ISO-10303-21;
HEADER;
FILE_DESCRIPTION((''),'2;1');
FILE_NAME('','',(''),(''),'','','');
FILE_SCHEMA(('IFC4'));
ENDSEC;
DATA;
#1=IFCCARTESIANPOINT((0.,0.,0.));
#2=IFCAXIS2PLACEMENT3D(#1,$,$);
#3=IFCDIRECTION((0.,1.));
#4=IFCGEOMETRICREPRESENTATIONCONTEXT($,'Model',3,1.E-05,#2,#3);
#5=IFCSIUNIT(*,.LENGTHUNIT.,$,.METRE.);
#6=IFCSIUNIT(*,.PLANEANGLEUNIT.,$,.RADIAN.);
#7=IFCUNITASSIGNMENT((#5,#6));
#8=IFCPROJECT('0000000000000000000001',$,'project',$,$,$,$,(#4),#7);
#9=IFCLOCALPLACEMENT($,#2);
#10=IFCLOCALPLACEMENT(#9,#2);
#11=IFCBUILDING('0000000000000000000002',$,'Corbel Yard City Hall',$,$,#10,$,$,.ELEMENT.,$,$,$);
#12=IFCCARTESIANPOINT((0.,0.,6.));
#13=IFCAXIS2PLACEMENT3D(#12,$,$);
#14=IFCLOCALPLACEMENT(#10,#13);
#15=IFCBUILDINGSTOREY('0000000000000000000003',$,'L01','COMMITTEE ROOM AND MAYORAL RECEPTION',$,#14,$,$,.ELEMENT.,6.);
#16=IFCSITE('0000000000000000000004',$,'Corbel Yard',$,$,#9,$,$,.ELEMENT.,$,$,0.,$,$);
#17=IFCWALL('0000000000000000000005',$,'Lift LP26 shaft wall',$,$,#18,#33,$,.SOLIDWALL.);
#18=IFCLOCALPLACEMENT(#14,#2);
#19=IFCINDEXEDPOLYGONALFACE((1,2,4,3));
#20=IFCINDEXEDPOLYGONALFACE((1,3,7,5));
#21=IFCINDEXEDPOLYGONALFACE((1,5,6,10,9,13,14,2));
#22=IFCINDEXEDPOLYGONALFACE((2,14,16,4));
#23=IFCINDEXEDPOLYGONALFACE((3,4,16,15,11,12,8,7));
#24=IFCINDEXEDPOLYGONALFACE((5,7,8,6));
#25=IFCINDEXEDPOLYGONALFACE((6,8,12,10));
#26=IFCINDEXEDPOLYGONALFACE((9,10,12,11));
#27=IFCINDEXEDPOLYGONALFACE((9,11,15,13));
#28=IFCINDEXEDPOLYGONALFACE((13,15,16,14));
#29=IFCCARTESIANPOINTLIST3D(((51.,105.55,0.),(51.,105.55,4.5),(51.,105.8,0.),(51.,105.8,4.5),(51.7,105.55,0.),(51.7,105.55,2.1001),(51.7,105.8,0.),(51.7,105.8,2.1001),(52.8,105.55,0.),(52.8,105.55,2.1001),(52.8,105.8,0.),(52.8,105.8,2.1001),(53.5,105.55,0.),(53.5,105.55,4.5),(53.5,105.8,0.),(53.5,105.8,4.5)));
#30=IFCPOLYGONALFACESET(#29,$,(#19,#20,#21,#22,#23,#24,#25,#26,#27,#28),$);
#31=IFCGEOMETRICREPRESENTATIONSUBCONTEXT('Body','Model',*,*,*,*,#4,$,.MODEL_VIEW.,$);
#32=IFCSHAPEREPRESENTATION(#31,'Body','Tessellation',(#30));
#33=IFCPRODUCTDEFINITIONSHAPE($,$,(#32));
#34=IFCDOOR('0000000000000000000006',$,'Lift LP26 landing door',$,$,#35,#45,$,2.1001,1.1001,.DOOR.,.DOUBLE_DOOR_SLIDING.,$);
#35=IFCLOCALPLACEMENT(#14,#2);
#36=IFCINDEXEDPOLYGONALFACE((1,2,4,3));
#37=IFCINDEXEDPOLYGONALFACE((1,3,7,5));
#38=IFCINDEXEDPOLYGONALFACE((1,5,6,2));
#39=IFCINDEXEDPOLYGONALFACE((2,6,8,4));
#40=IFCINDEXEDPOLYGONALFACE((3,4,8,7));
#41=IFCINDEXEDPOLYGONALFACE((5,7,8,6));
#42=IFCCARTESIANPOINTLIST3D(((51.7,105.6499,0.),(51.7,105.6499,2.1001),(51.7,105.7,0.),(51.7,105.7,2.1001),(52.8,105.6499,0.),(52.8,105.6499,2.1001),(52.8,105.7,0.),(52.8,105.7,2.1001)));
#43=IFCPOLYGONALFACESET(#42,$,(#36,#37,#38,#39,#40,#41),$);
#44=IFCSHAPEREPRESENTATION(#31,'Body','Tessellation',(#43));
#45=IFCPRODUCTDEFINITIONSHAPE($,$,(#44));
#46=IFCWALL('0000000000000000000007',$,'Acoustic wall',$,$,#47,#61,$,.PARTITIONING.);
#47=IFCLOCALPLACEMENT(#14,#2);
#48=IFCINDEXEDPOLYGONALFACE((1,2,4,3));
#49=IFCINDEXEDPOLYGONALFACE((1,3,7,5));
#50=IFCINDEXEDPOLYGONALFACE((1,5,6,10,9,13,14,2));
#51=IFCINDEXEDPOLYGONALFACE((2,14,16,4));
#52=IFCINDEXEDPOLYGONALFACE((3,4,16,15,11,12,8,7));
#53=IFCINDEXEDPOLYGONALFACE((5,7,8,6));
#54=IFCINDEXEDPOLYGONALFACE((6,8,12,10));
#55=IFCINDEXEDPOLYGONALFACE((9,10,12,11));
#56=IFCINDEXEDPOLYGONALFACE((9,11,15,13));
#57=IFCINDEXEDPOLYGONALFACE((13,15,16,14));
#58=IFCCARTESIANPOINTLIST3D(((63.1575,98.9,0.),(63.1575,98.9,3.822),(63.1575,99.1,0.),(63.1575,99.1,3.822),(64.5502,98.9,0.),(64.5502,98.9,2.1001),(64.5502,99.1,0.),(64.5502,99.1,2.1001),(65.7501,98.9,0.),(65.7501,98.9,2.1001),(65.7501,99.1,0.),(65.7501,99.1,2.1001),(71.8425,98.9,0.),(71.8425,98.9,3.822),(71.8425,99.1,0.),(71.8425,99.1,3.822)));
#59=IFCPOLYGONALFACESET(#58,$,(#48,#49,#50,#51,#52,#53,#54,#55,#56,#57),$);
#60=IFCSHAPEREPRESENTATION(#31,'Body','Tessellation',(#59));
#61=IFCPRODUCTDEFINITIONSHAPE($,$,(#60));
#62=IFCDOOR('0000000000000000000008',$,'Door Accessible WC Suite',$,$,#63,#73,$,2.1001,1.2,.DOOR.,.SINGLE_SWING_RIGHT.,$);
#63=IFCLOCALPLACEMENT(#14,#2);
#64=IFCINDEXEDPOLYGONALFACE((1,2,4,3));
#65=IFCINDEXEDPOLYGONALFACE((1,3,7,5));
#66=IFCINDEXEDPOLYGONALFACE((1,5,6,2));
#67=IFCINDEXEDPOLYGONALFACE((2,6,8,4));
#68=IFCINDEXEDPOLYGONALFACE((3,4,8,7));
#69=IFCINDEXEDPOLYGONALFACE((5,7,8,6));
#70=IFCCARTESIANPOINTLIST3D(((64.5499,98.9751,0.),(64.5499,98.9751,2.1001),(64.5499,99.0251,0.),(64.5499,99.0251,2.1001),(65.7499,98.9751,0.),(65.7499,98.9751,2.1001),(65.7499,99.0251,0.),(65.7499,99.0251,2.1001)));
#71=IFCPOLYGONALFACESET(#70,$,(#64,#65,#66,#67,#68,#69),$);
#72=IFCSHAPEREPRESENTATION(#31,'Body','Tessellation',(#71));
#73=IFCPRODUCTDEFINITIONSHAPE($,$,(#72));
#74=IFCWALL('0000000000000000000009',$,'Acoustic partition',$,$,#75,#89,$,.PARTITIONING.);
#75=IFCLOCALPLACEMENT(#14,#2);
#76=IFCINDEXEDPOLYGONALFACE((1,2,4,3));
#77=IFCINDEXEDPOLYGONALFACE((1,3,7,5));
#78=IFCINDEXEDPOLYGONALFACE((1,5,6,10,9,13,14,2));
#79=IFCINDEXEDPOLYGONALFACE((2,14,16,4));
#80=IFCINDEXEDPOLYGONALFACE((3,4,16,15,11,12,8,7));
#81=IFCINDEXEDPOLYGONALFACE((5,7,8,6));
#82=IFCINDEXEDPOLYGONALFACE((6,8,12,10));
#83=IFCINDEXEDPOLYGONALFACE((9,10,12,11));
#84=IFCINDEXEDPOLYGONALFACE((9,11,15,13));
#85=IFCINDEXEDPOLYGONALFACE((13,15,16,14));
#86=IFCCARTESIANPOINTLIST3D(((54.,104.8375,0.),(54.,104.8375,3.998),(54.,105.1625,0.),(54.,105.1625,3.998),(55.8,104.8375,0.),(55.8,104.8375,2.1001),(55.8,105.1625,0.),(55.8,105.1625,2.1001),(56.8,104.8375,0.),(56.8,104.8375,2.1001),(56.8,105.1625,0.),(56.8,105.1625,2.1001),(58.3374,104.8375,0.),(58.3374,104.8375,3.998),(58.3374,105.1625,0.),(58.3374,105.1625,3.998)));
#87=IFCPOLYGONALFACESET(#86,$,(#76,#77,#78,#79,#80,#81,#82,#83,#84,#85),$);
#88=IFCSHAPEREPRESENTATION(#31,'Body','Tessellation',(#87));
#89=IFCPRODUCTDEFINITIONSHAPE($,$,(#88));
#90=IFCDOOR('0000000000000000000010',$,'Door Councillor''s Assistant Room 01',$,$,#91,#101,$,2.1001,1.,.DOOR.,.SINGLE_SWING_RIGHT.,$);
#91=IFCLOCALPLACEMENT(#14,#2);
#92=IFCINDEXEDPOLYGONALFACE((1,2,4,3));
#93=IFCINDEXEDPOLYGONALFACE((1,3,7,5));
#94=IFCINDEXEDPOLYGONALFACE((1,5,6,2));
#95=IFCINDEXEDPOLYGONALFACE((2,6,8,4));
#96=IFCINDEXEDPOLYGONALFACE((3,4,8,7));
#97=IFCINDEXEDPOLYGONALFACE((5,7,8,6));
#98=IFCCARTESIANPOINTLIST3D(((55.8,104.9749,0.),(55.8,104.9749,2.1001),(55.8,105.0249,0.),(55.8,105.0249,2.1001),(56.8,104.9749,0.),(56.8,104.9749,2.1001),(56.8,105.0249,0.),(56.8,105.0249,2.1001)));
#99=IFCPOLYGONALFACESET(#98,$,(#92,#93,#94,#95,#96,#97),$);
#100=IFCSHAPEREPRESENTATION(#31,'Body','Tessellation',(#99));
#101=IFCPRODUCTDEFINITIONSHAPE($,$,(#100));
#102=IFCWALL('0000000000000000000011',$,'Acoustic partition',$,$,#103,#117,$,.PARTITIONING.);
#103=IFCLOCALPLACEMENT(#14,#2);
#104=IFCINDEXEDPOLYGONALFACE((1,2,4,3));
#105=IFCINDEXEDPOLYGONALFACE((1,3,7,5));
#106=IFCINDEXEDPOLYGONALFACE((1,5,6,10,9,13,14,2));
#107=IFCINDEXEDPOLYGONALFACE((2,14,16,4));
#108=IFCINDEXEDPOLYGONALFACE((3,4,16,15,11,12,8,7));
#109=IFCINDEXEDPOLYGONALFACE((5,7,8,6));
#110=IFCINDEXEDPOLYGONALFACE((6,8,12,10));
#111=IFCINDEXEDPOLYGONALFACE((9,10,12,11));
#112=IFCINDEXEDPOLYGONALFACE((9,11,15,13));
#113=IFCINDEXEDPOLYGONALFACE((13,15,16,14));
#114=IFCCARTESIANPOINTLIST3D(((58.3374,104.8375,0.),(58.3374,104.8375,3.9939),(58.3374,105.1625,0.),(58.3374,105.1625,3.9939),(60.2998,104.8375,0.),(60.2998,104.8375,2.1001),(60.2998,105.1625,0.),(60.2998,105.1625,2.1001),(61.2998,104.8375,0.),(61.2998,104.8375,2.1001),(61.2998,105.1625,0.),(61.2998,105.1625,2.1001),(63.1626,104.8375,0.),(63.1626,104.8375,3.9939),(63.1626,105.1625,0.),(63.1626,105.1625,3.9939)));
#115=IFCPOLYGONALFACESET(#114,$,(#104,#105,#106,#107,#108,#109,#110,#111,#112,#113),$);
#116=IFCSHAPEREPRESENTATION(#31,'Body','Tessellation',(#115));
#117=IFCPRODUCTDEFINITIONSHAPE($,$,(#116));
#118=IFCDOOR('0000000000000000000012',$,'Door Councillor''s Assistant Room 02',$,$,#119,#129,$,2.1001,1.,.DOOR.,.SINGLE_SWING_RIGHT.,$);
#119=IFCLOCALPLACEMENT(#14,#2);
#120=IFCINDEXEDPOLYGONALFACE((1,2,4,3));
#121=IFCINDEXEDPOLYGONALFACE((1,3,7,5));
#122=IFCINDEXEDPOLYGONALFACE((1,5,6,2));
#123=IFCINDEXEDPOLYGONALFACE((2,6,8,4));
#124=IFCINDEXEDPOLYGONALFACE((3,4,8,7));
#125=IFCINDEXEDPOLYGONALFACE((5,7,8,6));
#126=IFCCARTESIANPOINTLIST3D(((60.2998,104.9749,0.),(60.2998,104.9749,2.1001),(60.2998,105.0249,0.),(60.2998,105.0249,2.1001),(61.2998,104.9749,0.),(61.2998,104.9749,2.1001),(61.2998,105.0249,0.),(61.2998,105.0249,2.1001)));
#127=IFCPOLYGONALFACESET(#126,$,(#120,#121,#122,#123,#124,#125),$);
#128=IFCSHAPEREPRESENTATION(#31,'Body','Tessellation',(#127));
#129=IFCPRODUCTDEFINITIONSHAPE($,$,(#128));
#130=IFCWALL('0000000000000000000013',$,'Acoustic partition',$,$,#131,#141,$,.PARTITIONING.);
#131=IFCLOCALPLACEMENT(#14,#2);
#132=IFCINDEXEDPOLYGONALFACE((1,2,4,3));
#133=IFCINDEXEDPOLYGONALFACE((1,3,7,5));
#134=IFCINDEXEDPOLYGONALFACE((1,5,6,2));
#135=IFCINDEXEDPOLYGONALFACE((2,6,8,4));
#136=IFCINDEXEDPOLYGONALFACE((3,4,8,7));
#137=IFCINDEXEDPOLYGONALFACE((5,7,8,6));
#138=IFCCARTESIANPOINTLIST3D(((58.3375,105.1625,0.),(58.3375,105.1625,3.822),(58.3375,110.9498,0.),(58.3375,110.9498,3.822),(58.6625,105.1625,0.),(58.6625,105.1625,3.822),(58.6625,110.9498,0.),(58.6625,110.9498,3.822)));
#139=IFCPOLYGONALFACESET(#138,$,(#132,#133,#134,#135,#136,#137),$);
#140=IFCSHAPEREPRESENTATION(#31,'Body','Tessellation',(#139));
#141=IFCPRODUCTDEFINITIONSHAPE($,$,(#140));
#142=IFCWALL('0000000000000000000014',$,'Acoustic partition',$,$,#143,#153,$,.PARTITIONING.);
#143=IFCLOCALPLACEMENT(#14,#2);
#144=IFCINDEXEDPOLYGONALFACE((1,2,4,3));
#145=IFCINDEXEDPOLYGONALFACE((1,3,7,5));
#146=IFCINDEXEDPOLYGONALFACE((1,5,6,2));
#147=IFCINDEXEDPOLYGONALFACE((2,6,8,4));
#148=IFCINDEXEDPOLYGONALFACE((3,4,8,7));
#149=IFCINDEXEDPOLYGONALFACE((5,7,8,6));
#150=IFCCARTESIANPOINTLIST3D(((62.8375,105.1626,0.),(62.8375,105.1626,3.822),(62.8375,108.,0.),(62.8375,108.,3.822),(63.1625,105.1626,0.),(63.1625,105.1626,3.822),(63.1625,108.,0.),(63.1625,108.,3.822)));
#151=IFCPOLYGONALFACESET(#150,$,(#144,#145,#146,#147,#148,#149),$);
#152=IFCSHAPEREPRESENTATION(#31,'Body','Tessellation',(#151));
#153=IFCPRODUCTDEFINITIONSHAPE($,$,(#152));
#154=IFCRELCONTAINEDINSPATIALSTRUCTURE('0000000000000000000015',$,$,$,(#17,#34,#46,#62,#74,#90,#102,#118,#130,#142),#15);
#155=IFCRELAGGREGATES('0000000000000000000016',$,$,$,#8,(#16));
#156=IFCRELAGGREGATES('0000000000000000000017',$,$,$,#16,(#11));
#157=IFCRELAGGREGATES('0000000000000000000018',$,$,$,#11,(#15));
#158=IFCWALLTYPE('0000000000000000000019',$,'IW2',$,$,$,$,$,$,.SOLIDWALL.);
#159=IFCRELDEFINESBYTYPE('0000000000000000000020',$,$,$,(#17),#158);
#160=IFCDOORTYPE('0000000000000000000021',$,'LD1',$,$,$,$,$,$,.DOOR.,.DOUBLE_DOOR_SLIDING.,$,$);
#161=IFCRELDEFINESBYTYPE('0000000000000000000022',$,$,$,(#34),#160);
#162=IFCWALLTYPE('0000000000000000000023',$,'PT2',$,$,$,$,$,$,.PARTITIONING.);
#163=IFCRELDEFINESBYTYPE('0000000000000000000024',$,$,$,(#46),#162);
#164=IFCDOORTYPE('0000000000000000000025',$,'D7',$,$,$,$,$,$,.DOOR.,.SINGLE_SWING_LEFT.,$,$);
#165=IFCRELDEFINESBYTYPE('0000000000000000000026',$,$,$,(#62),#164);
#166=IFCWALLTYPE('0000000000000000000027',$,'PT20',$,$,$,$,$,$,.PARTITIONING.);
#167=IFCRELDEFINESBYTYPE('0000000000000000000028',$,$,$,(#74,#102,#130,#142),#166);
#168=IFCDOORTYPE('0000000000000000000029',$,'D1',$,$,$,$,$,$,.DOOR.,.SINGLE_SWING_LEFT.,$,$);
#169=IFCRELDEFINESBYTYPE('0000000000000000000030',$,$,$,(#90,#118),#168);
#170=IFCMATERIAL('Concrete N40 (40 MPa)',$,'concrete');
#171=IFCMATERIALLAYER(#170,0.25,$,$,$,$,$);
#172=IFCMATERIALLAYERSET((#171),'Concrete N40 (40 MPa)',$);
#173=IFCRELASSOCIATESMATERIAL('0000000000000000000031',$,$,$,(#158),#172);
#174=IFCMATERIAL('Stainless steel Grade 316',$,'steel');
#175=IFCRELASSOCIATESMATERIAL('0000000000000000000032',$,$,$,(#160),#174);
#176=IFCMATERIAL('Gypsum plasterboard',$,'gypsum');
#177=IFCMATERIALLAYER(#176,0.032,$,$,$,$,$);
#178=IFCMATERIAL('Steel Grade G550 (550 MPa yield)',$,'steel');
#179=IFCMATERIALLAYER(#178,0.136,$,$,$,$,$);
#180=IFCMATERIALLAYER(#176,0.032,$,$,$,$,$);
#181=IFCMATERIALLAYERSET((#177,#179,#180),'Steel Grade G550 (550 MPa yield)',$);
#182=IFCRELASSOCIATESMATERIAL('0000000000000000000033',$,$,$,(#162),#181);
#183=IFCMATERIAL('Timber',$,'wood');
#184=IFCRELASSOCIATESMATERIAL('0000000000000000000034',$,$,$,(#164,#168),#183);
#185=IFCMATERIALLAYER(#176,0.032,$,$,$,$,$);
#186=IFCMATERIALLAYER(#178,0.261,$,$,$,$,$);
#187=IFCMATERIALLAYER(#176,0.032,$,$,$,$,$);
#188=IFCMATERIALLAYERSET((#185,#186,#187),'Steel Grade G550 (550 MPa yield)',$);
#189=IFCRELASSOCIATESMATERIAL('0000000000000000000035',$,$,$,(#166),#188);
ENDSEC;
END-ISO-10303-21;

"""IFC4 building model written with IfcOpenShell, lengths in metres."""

from ifc_helpers import new_model, si_unit, direction, frame, frame_2d, origin, place, context, subcontext, project, spatial, rectangle, extrude, material, layer, layer_set, type_object, element, fill, save


model = new_model("IFC4")

# Units and contexts
model_context = context("Model", 3, precision=1e-05, world=origin(), true_north=direction((0.0, 1.0)))
body_context = subcontext(model_context, "Body", "Model", "MODEL_VIEW")
ifc_project = project(units=[si_unit("LENGTHUNIT", "METRE"), si_unit("PLANEANGLEUNIT", "RADIAN")], contexts=[model_context])

# Site, building, storey
site_placement = place(None, origin())
site = spatial("IfcSite", under=ifc_project, at=site_placement, Name="Corbel Yard", CompositionType="ELEMENT", RefElevation=0.0)
building_placement = place(site_placement, origin())
building = spatial("IfcBuilding", under=site, at=building_placement, Name="Corbel Yard City Hall", CompositionType="ELEMENT")
storey_placement = place(building_placement, frame((0.0, 0.0, 6.0)))
storey = spatial("IfcBuildingStorey", under=building, at=storey_placement, Name="L01", Description="COMMITTEE ROOM AND MAYORAL RECEPTION", CompositionType="ELEMENT", Elevation=6.0)

# Shared definitions
ifc_material_1 = material(Name="Concrete N40 (40 MPa)", Category="concrete")
ifc_layer_1 = layer(ifc_material_1, 0.25)
ifc_layer_set_1 = layer_set([ifc_layer_1], Name="Concrete N40 (40 MPa)")
wall_type_1 = type_object("IfcWallType", Name="IW2", PredefinedType="SOLIDWALL", material=ifc_layer_set_1)

# Walls, openings, doors
wall_1_placement = place(storey_placement, frame((51.0, 105.675, 0.0), z_axis=(0.0, 0.0, 1.0), x_axis=(1.0, 0.0, 0.0)))
wall_1 = element("IfcWall", 1, at=wall_1_placement, inside=storey, type_object=wall_type_1, Name="Lift LP26 shaft wall", PredefinedType="SOLIDWALL", context=body_context, shape_type="SweptSolid", body=[
    extrude(rectangle(XDim=2.5, YDim=0.25, at=frame_2d((1.25, 0.0))), origin(), (0.0, 0.0, 1.0), 4.5),
])
opening_1_placement = place(wall_1_placement, frame((0.7, 0.0, 0.0)))
opening_1 = element("IfcOpeningElement", 2, at=opening_1_placement, cuts=wall_1, PredefinedType="OPENING", context=body_context, shape_type="SweptSolid", body=[
    extrude(rectangle(XDim=1.1001, YDim=2.1001, at=frame_2d((0.55, 1.05))), frame((0.0, 0.135, 0.0), z_axis=(0.0, -1.0, 0.0), x_axis=(1.0, 0.0, 0.0)), (0.0, 0.0, 1.0), 0.27),
])
ifc_material_2 = material(Name="Stainless steel Grade 316", Category="steel")
door_type_1 = type_object("IfcDoorType", Name="LD1", OperationType="DOUBLE_DOOR_SLIDING", PredefinedType="DOOR", material=ifc_material_2)
door_1_placement = place(opening_1_placement, origin())
door_1 = element("IfcDoor", 3, at=door_1_placement, inside=storey, type_object=door_type_1, Name="Lift LP26 landing door", OperationType="DOUBLE_DOOR_SLIDING", OverallHeight=2.1001, OverallWidth=1.1001, PredefinedType="DOOR", context=body_context, shape_type="SweptSolid", body=[
    extrude(rectangle(XDim=1.1001, YDim=2.1001, at=frame_2d((0.55, 1.05))), frame((0.0, 0.0249, 0.0), z_axis=(0.0, -1.0, 0.0), x_axis=(1.0, 0.0, 0.0)), (0.0, 0.0, 1.0), 0.05),
])
fill(opening_1, door_1)
ifc_material_3 = material(Name="Gypsum plasterboard", Category="gypsum")
ifc_layer_2 = layer(ifc_material_3, 0.032)
ifc_material_4 = material(Name="Steel Grade G550 (550 MPa yield)", Category="steel")
ifc_layer_3 = layer(ifc_material_4, 0.136)
ifc_layer_4 = layer(ifc_material_3, 0.032)
ifc_layer_set_2 = layer_set([ifc_layer_2, ifc_layer_3, ifc_layer_4], Name="Steel Grade G550 (550 MPa yield)")
wall_type_2 = type_object("IfcWallType", Name="PT2", PredefinedType="PARTITIONING", material=ifc_layer_set_2)
wall_2_placement = place(storey_placement, frame((63.1575, 99.0, 0.0), z_axis=(0.0, 0.0, 1.0), x_axis=(1.0, 0.0, 0.0)))
wall_2 = element("IfcWall", 4, at=wall_2_placement, inside=storey, type_object=wall_type_2, Name="Acoustic wall", PredefinedType="PARTITIONING", context=body_context, shape_type="SweptSolid", body=[
    extrude(rectangle(XDim=8.6851, YDim=0.2, at=frame_2d((4.3425, 0.0))), origin(), (0.0, 0.0, 1.0), 3.822),
])
opening_2_placement = place(wall_2_placement, frame((1.3926, 0.0, 0.0)))
opening_2 = element("IfcOpeningElement", 5, at=opening_2_placement, cuts=wall_2, PredefinedType="OPENING", context=body_context, shape_type="SweptSolid", body=[
    extrude(rectangle(XDim=1.2, YDim=2.1001, at=frame_2d((0.6001, 1.05))), frame((0.0, 0.1099, 0.0), z_axis=(0.0, -1.0, 0.0), x_axis=(1.0, 0.0, 0.0)), (0.0, 0.0, 1.0), 0.22),
])
ifc_material_5 = material(Name="Timber", Category="wood")
door_type_2 = type_object("IfcDoorType", Name="D7", OperationType="SINGLE_SWING_LEFT", PredefinedType="DOOR", material=ifc_material_5)
door_2_placement = place(opening_2_placement, frame((1.2, 0.0, 0.0), z_axis=(0.0, 0.0, 1.0), x_axis=(-1.0, 0.0, 0.0)))
door_2 = element("IfcDoor", 6, at=door_2_placement, inside=storey, type_object=door_type_2, Name="Door Accessible WC Suite", OperationType="SINGLE_SWING_RIGHT", OverallHeight=2.1001, OverallWidth=1.2, PredefinedType="DOOR", context=body_context, shape_type="SweptSolid", body=[
    extrude(rectangle(XDim=1.2, YDim=2.1001, at=frame_2d((0.6001, 1.05))), frame((0.0, 0.0249, 0.0), z_axis=(0.0, -1.0, 0.0), x_axis=(1.0, 0.0, 0.0)), (0.0, 0.0, 1.0), 0.05),
])
fill(opening_2, door_2)
ifc_layer_5 = layer(ifc_material_3, 0.032)
ifc_layer_6 = layer(ifc_material_4, 0.261)
ifc_layer_7 = layer(ifc_material_3, 0.032)
ifc_layer_set_3 = layer_set([ifc_layer_5, ifc_layer_6, ifc_layer_7], Name="Steel Grade G550 (550 MPa yield)")
wall_type_3 = type_object("IfcWallType", Name="PT20", PredefinedType="PARTITIONING", material=ifc_layer_set_3)
wall_3_placement = place(storey_placement, frame((54.0, 105.0, 0.0), z_axis=(0.0, 0.0, 1.0), x_axis=(1.0, 0.0, 0.0)))
wall_3 = element("IfcWall", 7, at=wall_3_placement, inside=storey, type_object=wall_type_3, Name="Acoustic partition", PredefinedType="PARTITIONING", context=body_context, shape_type="SweptSolid", body=[
    extrude(rectangle(XDim=4.3374, YDim=0.325, at=frame_2d((2.1687, 0.0))), origin(), (0.0, 0.0, 1.0), 3.998),
])
opening_3_placement = place(wall_3_placement, frame((1.8, 0.0, 0.0)))
opening_3 = element("IfcOpeningElement", 8, at=opening_3_placement, cuts=wall_3, PredefinedType="OPENING", context=body_context, shape_type="SweptSolid", body=[
    extrude(rectangle(XDim=1.0, YDim=2.1001, at=frame_2d((0.5, 1.05))), frame((0.0, 0.1724, 0.0), z_axis=(0.0, -1.0, 0.0), x_axis=(1.0, 0.0, 0.0)), (0.0, 0.0, 1.0), 0.345),
])
door_type_3 = type_object("IfcDoorType", Name="D1", OperationType="SINGLE_SWING_LEFT", PredefinedType="DOOR", material=ifc_material_5)
door_3_placement = place(opening_3_placement, origin())
door_3 = element("IfcDoor", 9, at=door_3_placement, inside=storey, type_object=door_type_3, Name="Door Councillor's Assistant Room 01", OperationType="SINGLE_SWING_RIGHT", OverallHeight=2.1001, OverallWidth=1.0, PredefinedType="DOOR", context=body_context, shape_type="SweptSolid", body=[
    extrude(rectangle(XDim=1.0, YDim=2.1001, at=frame_2d((0.5, 1.05))), frame((0.0, 0.0249, 0.0), z_axis=(0.0, -1.0, 0.0), x_axis=(1.0, 0.0, 0.0)), (0.0, 0.0, 1.0), 0.05),
])
fill(opening_3, door_3)
wall_4_placement = place(storey_placement, frame((58.3374, 105.0, 0.0), z_axis=(0.0, 0.0, 1.0), x_axis=(1.0, 0.0, 0.0)))
wall_4 = element("IfcWall", 10, at=wall_4_placement, inside=storey, type_object=wall_type_3, Name="Acoustic partition", PredefinedType="PARTITIONING", context=body_context, shape_type="SweptSolid", body=[
    extrude(rectangle(XDim=4.8252, YDim=0.325, at=frame_2d((2.4126, 0.0))), origin(), (0.0, 0.0, 1.0), 3.9939),
])
opening_4_placement = place(wall_4_placement, frame((1.9624, 0.0, 0.0)))
opening_4 = element("IfcOpeningElement", 11, at=opening_4_placement, cuts=wall_4, PredefinedType="OPENING", context=body_context, shape_type="SweptSolid", body=[
    extrude(rectangle(XDim=1.0, YDim=2.1001, at=frame_2d((0.5, 1.05))), frame((0.0, 0.1724, 0.0), z_axis=(0.0, -1.0, 0.0), x_axis=(1.0, 0.0, 0.0)), (0.0, 0.0, 1.0), 0.345),
])
door_4_placement = place(opening_4_placement, origin())
door_4 = element("IfcDoor", 12, at=door_4_placement, inside=storey, type_object=door_type_3, Name="Door Councillor's Assistant Room 02", OperationType="SINGLE_SWING_RIGHT", OverallHeight=2.1001, OverallWidth=1.0, PredefinedType="DOOR", context=body_context, shape_type="SweptSolid", body=[
    extrude(rectangle(XDim=1.0, YDim=2.1001, at=frame_2d((0.5, 1.05))), frame((0.0, 0.0249, 0.0), z_axis=(0.0, -1.0, 0.0), x_axis=(1.0, 0.0, 0.0)), (0.0, 0.0, 1.0), 0.05),
])
fill(opening_4, door_4)

# Walls
wall_5_placement = place(storey_placement, frame((58.5, 105.1626, 0.0), z_axis=(0.0, 0.0, 1.0), x_axis=(0.0, 1.0, 0.0)))
element("IfcWall", 13, at=wall_5_placement, inside=storey, type_object=wall_type_3, Name="Acoustic partition", PredefinedType="PARTITIONING", context=body_context, shape_type="SweptSolid", body=[
    extrude(rectangle(XDim=5.7874, YDim=0.325, at=frame_2d((2.8936, 0.0))), origin(), (0.0, 0.0, 1.0), 3.822),
])
wall_6_placement = place(storey_placement, frame((63.0, 105.1626, 0.0), z_axis=(0.0, 0.0, 1.0), x_axis=(0.0, 1.0, 0.0)))
element("IfcWall", 14, at=wall_6_placement, inside=storey, type_object=wall_type_3, Name="Acoustic partition", PredefinedType="PARTITIONING", context=body_context, shape_type="SweptSolid", body=[
    extrude(rectangle(XDim=2.8374, YDim=0.325, at=frame_2d((1.4187, 0.0))), origin(), (0.0, 0.0, 1.0), 3.822),
])

save(model, "model.ifc")
